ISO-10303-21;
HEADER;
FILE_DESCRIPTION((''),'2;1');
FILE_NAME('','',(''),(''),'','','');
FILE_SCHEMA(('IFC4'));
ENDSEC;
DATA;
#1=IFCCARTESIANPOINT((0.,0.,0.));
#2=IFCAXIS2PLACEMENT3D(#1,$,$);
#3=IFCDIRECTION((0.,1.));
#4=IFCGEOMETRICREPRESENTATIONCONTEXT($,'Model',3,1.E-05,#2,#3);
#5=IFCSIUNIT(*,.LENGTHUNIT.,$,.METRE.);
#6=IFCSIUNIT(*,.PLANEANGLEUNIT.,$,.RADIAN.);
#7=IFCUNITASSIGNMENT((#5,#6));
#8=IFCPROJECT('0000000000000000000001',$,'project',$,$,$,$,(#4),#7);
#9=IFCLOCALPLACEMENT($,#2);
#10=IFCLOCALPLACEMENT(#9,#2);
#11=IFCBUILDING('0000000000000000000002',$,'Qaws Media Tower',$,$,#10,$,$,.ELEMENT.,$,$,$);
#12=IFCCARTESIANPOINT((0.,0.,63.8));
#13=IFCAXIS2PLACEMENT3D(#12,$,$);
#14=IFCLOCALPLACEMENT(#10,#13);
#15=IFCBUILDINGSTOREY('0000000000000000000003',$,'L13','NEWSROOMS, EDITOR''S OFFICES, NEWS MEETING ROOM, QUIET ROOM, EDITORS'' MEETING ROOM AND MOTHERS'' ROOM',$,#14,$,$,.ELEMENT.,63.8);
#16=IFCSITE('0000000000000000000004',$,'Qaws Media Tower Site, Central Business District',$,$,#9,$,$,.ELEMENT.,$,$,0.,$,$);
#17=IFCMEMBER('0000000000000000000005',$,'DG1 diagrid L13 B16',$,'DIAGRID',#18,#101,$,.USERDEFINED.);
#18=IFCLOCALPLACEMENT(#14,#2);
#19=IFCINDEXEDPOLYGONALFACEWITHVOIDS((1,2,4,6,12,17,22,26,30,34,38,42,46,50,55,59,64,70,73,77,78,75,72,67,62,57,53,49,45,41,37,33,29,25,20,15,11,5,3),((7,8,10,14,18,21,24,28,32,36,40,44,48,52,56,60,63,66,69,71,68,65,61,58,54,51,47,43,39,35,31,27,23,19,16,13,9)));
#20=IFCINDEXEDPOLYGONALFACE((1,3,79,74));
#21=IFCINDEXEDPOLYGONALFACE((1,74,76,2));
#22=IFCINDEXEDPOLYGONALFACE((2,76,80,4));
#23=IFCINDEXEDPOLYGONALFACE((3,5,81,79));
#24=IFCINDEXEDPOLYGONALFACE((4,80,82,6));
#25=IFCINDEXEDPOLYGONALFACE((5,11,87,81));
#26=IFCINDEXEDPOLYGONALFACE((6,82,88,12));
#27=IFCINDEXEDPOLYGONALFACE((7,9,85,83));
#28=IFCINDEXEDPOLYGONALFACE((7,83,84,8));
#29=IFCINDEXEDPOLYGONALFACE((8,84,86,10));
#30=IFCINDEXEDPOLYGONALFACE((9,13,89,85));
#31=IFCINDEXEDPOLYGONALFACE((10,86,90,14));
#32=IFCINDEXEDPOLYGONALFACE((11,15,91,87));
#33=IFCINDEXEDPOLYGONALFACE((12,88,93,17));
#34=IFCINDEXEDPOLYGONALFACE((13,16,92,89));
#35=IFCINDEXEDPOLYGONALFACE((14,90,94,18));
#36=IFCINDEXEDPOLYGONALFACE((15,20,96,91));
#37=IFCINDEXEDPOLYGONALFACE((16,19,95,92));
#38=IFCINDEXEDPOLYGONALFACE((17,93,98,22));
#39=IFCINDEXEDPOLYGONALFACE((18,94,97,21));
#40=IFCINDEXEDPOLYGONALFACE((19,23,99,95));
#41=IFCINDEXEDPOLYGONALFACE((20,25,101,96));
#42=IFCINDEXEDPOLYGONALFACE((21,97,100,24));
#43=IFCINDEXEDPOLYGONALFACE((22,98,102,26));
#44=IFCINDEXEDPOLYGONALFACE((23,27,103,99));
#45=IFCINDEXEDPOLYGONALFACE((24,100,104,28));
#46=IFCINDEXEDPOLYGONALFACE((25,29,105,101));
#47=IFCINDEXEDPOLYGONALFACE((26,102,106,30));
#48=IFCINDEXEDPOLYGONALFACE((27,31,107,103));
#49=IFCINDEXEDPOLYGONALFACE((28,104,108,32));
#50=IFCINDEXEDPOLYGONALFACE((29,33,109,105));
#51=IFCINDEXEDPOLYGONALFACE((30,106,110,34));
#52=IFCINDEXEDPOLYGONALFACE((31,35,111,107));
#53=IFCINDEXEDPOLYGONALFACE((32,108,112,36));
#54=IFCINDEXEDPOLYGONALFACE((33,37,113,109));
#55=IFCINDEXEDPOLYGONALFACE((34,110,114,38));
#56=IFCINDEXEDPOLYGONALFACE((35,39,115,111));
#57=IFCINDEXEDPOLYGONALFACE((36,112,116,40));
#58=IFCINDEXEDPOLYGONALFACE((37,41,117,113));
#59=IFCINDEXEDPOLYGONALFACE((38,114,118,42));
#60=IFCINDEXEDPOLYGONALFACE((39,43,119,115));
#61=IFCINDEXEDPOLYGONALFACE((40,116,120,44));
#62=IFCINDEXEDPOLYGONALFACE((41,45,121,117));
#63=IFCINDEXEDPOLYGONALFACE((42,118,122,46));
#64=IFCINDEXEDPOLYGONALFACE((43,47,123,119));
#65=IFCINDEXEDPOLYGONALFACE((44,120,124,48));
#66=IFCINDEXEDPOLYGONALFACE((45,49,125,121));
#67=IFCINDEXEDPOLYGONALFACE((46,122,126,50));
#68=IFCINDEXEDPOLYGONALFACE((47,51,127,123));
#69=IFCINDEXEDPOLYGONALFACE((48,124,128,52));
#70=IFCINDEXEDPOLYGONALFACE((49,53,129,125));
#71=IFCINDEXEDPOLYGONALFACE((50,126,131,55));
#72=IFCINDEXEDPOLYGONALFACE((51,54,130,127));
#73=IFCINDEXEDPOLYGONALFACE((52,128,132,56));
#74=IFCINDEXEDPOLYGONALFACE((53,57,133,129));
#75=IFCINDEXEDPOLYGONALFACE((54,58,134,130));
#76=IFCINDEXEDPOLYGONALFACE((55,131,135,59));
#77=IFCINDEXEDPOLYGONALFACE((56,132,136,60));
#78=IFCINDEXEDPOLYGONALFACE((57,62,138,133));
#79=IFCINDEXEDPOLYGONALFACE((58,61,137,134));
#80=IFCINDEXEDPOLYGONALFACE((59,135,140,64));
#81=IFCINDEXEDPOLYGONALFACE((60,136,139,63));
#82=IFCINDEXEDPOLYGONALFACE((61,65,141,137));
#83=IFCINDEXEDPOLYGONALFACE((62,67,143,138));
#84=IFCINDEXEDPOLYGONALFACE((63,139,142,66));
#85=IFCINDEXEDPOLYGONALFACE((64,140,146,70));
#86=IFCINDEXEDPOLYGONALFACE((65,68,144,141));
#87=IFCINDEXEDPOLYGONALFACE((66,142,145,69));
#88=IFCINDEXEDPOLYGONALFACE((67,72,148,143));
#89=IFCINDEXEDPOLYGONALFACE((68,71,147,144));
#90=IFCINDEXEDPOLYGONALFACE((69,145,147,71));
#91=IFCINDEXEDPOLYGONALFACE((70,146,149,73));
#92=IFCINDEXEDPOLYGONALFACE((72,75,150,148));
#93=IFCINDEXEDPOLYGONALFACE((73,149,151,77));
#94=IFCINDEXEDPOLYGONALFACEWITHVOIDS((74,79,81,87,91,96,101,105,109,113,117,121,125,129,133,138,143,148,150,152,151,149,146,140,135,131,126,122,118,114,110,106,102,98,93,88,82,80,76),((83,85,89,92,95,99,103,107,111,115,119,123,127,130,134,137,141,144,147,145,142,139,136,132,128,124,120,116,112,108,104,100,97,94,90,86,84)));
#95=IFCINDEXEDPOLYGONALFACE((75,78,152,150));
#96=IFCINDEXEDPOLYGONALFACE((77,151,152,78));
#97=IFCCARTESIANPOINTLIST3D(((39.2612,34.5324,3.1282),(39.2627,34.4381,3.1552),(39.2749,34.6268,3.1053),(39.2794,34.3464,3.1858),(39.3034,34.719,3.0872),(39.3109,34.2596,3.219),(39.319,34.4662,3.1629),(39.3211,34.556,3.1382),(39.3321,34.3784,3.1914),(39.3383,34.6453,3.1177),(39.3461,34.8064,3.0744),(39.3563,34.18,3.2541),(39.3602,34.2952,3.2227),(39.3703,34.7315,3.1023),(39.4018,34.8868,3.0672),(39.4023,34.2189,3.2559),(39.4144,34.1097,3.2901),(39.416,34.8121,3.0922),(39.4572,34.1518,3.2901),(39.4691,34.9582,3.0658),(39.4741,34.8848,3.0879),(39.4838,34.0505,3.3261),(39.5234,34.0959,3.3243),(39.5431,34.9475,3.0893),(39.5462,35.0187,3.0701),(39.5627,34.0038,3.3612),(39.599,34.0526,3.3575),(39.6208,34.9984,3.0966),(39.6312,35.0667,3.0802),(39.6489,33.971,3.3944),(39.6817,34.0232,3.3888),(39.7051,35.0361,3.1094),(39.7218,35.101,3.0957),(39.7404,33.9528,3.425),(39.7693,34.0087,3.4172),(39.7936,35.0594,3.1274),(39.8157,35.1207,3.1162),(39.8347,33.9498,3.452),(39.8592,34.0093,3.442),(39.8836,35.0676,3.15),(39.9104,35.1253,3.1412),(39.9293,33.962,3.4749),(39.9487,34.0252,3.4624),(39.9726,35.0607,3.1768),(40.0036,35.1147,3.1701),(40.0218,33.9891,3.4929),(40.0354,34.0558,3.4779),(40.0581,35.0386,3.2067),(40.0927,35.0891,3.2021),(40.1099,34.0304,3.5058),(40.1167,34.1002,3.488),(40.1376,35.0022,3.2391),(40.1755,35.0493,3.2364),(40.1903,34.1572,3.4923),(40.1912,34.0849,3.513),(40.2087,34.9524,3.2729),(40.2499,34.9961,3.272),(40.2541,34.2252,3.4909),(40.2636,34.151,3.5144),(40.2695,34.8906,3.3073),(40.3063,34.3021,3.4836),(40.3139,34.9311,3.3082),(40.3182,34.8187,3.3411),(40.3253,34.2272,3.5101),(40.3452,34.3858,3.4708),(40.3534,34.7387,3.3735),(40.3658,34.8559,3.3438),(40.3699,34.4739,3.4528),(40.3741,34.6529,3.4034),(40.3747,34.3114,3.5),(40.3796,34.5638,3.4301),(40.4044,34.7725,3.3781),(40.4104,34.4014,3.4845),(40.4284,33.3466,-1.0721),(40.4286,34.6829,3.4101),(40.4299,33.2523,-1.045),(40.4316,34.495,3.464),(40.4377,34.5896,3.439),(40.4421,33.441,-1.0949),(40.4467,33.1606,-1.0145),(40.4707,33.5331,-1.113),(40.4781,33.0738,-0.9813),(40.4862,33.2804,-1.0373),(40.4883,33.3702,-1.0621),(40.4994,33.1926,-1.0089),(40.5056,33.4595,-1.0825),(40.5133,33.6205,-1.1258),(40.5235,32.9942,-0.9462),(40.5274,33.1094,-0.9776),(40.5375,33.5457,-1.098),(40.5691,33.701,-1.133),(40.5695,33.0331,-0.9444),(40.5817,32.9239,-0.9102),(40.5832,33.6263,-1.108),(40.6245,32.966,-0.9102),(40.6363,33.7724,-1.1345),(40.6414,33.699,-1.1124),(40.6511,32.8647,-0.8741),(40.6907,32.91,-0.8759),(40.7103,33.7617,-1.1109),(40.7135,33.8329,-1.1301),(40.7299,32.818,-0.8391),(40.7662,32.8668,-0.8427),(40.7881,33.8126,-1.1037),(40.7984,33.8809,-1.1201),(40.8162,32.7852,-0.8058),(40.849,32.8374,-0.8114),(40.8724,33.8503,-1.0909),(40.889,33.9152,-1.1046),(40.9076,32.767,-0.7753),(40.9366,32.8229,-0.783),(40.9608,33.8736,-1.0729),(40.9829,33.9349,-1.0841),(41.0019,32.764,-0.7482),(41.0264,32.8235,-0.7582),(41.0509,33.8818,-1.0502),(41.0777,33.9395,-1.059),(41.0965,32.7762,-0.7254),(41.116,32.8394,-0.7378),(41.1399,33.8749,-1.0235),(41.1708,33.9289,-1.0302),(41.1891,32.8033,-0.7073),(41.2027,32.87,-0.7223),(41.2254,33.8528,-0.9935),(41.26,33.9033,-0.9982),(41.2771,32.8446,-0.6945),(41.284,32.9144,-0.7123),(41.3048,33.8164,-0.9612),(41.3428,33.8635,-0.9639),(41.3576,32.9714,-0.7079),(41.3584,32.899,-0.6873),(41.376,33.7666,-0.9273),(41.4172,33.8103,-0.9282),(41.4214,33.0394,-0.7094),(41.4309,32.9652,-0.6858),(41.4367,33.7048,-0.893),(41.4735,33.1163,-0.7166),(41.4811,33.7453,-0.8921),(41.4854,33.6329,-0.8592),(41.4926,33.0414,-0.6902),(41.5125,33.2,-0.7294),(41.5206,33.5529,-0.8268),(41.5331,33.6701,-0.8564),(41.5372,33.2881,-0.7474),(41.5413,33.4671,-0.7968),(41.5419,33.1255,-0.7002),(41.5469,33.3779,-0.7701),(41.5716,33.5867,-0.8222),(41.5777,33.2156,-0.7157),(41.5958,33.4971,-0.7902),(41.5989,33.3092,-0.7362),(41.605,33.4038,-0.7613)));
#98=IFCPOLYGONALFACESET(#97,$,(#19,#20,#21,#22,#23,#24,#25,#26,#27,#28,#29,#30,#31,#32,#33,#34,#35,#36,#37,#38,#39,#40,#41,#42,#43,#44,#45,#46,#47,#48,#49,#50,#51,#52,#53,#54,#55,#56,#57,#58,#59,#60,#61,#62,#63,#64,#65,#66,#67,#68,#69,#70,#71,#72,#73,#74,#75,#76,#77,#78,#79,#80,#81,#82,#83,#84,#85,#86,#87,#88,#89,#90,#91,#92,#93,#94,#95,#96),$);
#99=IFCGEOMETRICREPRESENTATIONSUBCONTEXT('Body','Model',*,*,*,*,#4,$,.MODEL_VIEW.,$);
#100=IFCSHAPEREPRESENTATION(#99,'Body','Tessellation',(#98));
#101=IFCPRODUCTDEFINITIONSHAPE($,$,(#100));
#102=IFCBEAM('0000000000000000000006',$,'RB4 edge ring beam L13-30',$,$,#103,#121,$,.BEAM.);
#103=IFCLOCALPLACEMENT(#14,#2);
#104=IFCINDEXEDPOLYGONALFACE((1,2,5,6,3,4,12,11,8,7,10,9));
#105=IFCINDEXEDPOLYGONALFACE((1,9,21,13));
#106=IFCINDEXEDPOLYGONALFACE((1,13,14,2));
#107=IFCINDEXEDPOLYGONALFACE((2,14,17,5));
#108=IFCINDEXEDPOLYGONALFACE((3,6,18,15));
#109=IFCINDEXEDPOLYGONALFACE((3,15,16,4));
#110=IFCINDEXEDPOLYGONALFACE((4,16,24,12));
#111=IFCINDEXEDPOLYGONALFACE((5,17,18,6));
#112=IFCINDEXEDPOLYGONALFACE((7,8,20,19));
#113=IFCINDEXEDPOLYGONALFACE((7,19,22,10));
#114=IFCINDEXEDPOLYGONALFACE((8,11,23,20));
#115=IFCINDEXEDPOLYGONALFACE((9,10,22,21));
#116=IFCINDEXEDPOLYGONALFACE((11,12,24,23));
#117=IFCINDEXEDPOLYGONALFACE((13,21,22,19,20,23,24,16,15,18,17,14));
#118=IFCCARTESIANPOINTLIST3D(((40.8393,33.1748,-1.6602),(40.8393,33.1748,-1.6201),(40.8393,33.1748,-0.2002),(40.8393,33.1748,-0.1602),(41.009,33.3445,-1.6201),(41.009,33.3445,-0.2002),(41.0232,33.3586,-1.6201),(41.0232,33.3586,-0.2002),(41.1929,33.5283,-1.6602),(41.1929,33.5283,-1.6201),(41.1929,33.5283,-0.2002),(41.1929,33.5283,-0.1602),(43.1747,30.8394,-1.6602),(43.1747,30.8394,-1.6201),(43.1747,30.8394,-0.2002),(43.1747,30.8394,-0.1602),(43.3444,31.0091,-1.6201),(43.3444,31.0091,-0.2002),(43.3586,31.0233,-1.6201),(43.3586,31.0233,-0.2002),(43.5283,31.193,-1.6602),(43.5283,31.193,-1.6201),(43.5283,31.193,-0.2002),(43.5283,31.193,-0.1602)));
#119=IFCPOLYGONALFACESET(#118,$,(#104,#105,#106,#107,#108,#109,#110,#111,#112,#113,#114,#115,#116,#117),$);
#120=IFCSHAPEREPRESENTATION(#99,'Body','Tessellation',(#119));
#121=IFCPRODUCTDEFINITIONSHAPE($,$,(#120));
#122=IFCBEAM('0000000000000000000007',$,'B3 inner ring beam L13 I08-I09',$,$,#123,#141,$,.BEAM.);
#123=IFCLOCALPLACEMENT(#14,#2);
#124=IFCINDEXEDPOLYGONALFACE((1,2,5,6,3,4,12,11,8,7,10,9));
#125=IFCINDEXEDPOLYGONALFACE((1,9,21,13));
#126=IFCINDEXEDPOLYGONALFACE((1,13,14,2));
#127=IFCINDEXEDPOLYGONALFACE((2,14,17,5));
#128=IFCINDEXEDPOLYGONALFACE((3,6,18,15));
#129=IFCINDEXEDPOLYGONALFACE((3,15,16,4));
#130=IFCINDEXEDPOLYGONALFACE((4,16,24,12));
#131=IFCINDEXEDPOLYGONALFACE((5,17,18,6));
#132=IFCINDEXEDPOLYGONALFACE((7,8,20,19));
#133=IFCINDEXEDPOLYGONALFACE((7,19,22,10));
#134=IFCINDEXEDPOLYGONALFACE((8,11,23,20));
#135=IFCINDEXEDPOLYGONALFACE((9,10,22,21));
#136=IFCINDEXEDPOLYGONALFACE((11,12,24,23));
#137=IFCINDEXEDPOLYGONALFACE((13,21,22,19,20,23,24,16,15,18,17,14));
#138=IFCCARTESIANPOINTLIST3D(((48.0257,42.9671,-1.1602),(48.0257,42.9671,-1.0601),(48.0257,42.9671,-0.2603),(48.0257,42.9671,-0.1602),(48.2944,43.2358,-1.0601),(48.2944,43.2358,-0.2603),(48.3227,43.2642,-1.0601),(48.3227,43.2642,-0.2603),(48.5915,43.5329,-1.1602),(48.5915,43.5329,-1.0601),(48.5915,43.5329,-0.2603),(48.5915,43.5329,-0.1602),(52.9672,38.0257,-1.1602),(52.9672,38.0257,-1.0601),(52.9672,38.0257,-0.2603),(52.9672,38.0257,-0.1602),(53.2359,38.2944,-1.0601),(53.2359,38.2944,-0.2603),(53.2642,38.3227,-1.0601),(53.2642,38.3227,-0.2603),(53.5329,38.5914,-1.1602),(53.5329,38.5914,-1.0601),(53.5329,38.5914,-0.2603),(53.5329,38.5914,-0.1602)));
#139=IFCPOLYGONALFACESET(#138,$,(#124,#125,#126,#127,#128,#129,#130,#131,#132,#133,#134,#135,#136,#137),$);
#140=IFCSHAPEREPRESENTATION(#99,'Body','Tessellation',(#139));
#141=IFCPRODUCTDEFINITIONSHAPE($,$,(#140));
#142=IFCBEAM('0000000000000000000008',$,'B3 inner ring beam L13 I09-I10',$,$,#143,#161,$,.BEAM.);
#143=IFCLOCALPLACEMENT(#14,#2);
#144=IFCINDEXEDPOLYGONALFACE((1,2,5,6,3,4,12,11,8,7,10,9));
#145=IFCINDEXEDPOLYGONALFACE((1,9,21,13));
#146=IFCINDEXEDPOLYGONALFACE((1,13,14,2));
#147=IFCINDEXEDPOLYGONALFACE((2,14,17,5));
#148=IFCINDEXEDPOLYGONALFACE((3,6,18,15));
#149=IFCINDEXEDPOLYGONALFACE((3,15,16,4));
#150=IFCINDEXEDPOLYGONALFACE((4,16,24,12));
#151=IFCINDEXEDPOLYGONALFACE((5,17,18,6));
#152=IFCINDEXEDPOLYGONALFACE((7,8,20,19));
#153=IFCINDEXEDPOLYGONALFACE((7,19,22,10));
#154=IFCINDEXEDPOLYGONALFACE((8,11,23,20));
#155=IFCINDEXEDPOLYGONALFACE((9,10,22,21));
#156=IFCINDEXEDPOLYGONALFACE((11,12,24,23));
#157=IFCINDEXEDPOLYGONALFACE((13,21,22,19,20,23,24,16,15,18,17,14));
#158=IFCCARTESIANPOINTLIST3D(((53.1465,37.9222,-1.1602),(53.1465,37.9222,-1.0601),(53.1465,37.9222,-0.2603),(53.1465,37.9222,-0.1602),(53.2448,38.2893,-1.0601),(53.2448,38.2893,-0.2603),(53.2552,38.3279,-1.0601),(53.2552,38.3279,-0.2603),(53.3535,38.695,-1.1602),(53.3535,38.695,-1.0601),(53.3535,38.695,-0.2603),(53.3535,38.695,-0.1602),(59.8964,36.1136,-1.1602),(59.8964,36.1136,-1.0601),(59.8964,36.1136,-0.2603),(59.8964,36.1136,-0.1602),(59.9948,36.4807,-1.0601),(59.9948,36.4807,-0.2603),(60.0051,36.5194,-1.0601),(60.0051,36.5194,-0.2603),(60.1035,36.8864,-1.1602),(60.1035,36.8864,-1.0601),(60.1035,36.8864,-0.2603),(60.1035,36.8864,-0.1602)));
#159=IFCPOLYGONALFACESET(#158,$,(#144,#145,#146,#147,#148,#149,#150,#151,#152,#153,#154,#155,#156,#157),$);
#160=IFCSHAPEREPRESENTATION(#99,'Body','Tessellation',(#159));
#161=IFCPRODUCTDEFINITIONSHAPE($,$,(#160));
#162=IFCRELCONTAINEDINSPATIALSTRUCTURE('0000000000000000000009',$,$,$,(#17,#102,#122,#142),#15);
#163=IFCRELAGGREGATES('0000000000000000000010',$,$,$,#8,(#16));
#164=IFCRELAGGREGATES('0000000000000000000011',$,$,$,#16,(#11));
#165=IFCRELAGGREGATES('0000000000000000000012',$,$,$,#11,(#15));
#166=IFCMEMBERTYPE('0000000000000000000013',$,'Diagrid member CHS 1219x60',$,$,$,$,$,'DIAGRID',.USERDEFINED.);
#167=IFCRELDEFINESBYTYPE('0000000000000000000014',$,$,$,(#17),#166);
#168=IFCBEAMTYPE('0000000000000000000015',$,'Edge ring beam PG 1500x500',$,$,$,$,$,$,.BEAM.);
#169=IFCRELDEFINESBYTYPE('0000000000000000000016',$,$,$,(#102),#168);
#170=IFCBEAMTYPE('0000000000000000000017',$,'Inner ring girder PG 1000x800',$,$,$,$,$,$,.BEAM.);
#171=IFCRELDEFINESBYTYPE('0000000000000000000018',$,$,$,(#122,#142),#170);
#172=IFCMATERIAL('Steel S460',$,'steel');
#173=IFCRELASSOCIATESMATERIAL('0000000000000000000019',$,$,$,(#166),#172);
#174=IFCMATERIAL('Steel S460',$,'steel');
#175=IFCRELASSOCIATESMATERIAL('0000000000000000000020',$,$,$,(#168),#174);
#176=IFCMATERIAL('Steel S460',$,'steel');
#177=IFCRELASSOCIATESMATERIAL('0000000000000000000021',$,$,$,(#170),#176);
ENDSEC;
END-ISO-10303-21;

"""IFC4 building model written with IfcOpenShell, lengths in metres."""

from ifc_helpers import new_model, si_unit, direction, frame, origin, origin_2d, place, context, subcontext, project, spatial, hollow_circle, i_section, extrude, material, material_profile, profile_set, type_object, element, save


model = new_model("IFC4")

# Units and contexts
model_context = context("Model", 3, precision=1e-05, world=origin(), true_north=direction((0.0, 1.0)))
body_context = subcontext(model_context, "Body", "Model", "MODEL_VIEW")
ifc_project = project(units=[si_unit("LENGTHUNIT", "METRE"), si_unit("PLANEANGLEUNIT", "RADIAN")], contexts=[model_context])

# Site, building, storey
site_placement = place(None, origin())
site = spatial("IfcSite", under=ifc_project, at=site_placement, Name="Qaws Media Tower Site, Central Business District", CompositionType="ELEMENT", RefElevation=0.0)
building_placement = place(site_placement, origin())
building = spatial("IfcBuilding", under=site, at=building_placement, Name="Qaws Media Tower", CompositionType="ELEMENT")
storey_placement = place(building_placement, frame((0.0, 0.0, 63.8)))
storey = spatial("IfcBuildingStorey", under=building, at=storey_placement, Name="L13", Description="NEWSROOMS, EDITOR'S OFFICES, NEWS MEETING ROOM, QUIET ROOM, EDITORS' MEETING ROOM AND MOTHERS' ROOM", CompositionType="ELEMENT", Elevation=63.8)

# Member
ifc_material_1 = material(Name="Steel S460", Category="steel")
ifc_material_profile_1 = material_profile(ifc_material_1, hollow_circle(Radius=0.6096, WallThickness=0.0601, at=origin_2d()), Name="CHS 1219x60")
ifc_profile_set_1 = profile_set([ifc_material_profile_1], Name="Steel S460")
member_type_1 = type_object("IfcMemberType", Name="Diagrid member CHS 1219x60", ElementType="DIAGRID", PredefinedType="USERDEFINED", material=ifc_profile_set_1)
member_1_placement = place(storey_placement, frame((41.0161, 33.3516, -0.9102), z_axis=(-0.258366, 0.262473, 0.929707), x_axis=(-0.71266, -0.701509, 0.0)))
element("IfcMember", 1, at=member_1_placement, inside=storey, type_object=member_type_1, Name="DG1 diagrid L13 B16", ObjectType="DIAGRID", PredefinedType="USERDEFINED", context=body_context, shape_type="SweptSolid", body=[
    extrude(hollow_circle(Radius=0.6096, WallThickness=0.0601, at=origin_2d()), origin(), (0.0, 0.0, 1.0), 4.5178),
])

# Beams
ifc_material_2 = material(Name="Steel S460", Category="steel")
ifc_material_profile_2 = material_profile(ifc_material_2, i_section(OverallWidth=0.5, OverallDepth=1.5, WebThickness=0.02, FlangeThickness=0.04, at=origin_2d()), Name="PG 1500x500")
ifc_profile_set_2 = profile_set([ifc_material_profile_2], Name="Steel S460")
beam_type_1 = type_object("IfcBeamType", Name="Edge ring beam PG 1500x500", PredefinedType="BEAM", material=ifc_profile_set_2)
beam_1_placement = place(storey_placement, frame((41.0161, 33.3516, -0.9102), z_axis=(0.707107, -0.707107, 0.0), x_axis=(0.707107, 0.707107, 0.0)))
element("IfcBeam", 2, at=beam_1_placement, inside=storey, type_object=beam_type_1, Name="RB4 edge ring beam L13-30", PredefinedType="BEAM", context=body_context, shape_type="SweptSolid", body=[
    extrude(i_section(OverallWidth=0.5, OverallDepth=1.5, WebThickness=0.02, FlangeThickness=0.04, at=origin_2d()), origin(), (0.0, 0.0, 1.0), 3.3027),
])
ifc_material_3 = material(Name="Steel S460", Category="steel")
ifc_material_profile_3 = material_profile(ifc_material_3, i_section(OverallWidth=0.8, OverallDepth=1.0, WebThickness=0.04, FlangeThickness=0.1001, at=origin_2d()), Name="PG 1000x800")
ifc_profile_set_3 = profile_set([ifc_material_profile_3], Name="Steel S460")
beam_type_2 = type_object("IfcBeamType", Name="Inner ring girder PG 1000x800", PredefinedType="BEAM", material=ifc_profile_set_3)
beam_2_placement = place(storey_placement, frame((48.3086, 43.25, -0.6602), z_axis=(0.707107, -0.707107, 0.0), x_axis=(0.707107, 0.707107, 0.0)))
element("IfcBeam", 3, at=beam_2_placement, inside=storey, type_object=beam_type_2, Name="B3 inner ring beam L13 I08-I09", PredefinedType="BEAM", context=body_context, shape_type="SweptSolid", body=[
    extrude(i_section(OverallWidth=0.8, OverallDepth=1.0, WebThickness=0.04, FlangeThickness=0.1001, at=origin_2d()), origin(), (0.0, 0.0, 1.0), 6.9883),
])
beam_3_placement = place(storey_placement, frame((53.25, 38.3086, -0.6602), z_axis=(0.965928, -0.258811, 0.0), x_axis=(0.258811, 0.965928, 0.0)))
element("IfcBeam", 4, at=beam_3_placement, inside=storey, type_object=beam_type_2, Name="B3 inner ring beam L13 I09-I10", PredefinedType="BEAM", context=body_context, shape_type="SweptSolid", body=[
    extrude(i_section(OverallWidth=0.8, OverallDepth=1.0, WebThickness=0.04, FlangeThickness=0.1001, at=origin_2d()), origin(), (0.0, 0.0, 1.0), 6.988),
])

save(model, "model.ifc")
